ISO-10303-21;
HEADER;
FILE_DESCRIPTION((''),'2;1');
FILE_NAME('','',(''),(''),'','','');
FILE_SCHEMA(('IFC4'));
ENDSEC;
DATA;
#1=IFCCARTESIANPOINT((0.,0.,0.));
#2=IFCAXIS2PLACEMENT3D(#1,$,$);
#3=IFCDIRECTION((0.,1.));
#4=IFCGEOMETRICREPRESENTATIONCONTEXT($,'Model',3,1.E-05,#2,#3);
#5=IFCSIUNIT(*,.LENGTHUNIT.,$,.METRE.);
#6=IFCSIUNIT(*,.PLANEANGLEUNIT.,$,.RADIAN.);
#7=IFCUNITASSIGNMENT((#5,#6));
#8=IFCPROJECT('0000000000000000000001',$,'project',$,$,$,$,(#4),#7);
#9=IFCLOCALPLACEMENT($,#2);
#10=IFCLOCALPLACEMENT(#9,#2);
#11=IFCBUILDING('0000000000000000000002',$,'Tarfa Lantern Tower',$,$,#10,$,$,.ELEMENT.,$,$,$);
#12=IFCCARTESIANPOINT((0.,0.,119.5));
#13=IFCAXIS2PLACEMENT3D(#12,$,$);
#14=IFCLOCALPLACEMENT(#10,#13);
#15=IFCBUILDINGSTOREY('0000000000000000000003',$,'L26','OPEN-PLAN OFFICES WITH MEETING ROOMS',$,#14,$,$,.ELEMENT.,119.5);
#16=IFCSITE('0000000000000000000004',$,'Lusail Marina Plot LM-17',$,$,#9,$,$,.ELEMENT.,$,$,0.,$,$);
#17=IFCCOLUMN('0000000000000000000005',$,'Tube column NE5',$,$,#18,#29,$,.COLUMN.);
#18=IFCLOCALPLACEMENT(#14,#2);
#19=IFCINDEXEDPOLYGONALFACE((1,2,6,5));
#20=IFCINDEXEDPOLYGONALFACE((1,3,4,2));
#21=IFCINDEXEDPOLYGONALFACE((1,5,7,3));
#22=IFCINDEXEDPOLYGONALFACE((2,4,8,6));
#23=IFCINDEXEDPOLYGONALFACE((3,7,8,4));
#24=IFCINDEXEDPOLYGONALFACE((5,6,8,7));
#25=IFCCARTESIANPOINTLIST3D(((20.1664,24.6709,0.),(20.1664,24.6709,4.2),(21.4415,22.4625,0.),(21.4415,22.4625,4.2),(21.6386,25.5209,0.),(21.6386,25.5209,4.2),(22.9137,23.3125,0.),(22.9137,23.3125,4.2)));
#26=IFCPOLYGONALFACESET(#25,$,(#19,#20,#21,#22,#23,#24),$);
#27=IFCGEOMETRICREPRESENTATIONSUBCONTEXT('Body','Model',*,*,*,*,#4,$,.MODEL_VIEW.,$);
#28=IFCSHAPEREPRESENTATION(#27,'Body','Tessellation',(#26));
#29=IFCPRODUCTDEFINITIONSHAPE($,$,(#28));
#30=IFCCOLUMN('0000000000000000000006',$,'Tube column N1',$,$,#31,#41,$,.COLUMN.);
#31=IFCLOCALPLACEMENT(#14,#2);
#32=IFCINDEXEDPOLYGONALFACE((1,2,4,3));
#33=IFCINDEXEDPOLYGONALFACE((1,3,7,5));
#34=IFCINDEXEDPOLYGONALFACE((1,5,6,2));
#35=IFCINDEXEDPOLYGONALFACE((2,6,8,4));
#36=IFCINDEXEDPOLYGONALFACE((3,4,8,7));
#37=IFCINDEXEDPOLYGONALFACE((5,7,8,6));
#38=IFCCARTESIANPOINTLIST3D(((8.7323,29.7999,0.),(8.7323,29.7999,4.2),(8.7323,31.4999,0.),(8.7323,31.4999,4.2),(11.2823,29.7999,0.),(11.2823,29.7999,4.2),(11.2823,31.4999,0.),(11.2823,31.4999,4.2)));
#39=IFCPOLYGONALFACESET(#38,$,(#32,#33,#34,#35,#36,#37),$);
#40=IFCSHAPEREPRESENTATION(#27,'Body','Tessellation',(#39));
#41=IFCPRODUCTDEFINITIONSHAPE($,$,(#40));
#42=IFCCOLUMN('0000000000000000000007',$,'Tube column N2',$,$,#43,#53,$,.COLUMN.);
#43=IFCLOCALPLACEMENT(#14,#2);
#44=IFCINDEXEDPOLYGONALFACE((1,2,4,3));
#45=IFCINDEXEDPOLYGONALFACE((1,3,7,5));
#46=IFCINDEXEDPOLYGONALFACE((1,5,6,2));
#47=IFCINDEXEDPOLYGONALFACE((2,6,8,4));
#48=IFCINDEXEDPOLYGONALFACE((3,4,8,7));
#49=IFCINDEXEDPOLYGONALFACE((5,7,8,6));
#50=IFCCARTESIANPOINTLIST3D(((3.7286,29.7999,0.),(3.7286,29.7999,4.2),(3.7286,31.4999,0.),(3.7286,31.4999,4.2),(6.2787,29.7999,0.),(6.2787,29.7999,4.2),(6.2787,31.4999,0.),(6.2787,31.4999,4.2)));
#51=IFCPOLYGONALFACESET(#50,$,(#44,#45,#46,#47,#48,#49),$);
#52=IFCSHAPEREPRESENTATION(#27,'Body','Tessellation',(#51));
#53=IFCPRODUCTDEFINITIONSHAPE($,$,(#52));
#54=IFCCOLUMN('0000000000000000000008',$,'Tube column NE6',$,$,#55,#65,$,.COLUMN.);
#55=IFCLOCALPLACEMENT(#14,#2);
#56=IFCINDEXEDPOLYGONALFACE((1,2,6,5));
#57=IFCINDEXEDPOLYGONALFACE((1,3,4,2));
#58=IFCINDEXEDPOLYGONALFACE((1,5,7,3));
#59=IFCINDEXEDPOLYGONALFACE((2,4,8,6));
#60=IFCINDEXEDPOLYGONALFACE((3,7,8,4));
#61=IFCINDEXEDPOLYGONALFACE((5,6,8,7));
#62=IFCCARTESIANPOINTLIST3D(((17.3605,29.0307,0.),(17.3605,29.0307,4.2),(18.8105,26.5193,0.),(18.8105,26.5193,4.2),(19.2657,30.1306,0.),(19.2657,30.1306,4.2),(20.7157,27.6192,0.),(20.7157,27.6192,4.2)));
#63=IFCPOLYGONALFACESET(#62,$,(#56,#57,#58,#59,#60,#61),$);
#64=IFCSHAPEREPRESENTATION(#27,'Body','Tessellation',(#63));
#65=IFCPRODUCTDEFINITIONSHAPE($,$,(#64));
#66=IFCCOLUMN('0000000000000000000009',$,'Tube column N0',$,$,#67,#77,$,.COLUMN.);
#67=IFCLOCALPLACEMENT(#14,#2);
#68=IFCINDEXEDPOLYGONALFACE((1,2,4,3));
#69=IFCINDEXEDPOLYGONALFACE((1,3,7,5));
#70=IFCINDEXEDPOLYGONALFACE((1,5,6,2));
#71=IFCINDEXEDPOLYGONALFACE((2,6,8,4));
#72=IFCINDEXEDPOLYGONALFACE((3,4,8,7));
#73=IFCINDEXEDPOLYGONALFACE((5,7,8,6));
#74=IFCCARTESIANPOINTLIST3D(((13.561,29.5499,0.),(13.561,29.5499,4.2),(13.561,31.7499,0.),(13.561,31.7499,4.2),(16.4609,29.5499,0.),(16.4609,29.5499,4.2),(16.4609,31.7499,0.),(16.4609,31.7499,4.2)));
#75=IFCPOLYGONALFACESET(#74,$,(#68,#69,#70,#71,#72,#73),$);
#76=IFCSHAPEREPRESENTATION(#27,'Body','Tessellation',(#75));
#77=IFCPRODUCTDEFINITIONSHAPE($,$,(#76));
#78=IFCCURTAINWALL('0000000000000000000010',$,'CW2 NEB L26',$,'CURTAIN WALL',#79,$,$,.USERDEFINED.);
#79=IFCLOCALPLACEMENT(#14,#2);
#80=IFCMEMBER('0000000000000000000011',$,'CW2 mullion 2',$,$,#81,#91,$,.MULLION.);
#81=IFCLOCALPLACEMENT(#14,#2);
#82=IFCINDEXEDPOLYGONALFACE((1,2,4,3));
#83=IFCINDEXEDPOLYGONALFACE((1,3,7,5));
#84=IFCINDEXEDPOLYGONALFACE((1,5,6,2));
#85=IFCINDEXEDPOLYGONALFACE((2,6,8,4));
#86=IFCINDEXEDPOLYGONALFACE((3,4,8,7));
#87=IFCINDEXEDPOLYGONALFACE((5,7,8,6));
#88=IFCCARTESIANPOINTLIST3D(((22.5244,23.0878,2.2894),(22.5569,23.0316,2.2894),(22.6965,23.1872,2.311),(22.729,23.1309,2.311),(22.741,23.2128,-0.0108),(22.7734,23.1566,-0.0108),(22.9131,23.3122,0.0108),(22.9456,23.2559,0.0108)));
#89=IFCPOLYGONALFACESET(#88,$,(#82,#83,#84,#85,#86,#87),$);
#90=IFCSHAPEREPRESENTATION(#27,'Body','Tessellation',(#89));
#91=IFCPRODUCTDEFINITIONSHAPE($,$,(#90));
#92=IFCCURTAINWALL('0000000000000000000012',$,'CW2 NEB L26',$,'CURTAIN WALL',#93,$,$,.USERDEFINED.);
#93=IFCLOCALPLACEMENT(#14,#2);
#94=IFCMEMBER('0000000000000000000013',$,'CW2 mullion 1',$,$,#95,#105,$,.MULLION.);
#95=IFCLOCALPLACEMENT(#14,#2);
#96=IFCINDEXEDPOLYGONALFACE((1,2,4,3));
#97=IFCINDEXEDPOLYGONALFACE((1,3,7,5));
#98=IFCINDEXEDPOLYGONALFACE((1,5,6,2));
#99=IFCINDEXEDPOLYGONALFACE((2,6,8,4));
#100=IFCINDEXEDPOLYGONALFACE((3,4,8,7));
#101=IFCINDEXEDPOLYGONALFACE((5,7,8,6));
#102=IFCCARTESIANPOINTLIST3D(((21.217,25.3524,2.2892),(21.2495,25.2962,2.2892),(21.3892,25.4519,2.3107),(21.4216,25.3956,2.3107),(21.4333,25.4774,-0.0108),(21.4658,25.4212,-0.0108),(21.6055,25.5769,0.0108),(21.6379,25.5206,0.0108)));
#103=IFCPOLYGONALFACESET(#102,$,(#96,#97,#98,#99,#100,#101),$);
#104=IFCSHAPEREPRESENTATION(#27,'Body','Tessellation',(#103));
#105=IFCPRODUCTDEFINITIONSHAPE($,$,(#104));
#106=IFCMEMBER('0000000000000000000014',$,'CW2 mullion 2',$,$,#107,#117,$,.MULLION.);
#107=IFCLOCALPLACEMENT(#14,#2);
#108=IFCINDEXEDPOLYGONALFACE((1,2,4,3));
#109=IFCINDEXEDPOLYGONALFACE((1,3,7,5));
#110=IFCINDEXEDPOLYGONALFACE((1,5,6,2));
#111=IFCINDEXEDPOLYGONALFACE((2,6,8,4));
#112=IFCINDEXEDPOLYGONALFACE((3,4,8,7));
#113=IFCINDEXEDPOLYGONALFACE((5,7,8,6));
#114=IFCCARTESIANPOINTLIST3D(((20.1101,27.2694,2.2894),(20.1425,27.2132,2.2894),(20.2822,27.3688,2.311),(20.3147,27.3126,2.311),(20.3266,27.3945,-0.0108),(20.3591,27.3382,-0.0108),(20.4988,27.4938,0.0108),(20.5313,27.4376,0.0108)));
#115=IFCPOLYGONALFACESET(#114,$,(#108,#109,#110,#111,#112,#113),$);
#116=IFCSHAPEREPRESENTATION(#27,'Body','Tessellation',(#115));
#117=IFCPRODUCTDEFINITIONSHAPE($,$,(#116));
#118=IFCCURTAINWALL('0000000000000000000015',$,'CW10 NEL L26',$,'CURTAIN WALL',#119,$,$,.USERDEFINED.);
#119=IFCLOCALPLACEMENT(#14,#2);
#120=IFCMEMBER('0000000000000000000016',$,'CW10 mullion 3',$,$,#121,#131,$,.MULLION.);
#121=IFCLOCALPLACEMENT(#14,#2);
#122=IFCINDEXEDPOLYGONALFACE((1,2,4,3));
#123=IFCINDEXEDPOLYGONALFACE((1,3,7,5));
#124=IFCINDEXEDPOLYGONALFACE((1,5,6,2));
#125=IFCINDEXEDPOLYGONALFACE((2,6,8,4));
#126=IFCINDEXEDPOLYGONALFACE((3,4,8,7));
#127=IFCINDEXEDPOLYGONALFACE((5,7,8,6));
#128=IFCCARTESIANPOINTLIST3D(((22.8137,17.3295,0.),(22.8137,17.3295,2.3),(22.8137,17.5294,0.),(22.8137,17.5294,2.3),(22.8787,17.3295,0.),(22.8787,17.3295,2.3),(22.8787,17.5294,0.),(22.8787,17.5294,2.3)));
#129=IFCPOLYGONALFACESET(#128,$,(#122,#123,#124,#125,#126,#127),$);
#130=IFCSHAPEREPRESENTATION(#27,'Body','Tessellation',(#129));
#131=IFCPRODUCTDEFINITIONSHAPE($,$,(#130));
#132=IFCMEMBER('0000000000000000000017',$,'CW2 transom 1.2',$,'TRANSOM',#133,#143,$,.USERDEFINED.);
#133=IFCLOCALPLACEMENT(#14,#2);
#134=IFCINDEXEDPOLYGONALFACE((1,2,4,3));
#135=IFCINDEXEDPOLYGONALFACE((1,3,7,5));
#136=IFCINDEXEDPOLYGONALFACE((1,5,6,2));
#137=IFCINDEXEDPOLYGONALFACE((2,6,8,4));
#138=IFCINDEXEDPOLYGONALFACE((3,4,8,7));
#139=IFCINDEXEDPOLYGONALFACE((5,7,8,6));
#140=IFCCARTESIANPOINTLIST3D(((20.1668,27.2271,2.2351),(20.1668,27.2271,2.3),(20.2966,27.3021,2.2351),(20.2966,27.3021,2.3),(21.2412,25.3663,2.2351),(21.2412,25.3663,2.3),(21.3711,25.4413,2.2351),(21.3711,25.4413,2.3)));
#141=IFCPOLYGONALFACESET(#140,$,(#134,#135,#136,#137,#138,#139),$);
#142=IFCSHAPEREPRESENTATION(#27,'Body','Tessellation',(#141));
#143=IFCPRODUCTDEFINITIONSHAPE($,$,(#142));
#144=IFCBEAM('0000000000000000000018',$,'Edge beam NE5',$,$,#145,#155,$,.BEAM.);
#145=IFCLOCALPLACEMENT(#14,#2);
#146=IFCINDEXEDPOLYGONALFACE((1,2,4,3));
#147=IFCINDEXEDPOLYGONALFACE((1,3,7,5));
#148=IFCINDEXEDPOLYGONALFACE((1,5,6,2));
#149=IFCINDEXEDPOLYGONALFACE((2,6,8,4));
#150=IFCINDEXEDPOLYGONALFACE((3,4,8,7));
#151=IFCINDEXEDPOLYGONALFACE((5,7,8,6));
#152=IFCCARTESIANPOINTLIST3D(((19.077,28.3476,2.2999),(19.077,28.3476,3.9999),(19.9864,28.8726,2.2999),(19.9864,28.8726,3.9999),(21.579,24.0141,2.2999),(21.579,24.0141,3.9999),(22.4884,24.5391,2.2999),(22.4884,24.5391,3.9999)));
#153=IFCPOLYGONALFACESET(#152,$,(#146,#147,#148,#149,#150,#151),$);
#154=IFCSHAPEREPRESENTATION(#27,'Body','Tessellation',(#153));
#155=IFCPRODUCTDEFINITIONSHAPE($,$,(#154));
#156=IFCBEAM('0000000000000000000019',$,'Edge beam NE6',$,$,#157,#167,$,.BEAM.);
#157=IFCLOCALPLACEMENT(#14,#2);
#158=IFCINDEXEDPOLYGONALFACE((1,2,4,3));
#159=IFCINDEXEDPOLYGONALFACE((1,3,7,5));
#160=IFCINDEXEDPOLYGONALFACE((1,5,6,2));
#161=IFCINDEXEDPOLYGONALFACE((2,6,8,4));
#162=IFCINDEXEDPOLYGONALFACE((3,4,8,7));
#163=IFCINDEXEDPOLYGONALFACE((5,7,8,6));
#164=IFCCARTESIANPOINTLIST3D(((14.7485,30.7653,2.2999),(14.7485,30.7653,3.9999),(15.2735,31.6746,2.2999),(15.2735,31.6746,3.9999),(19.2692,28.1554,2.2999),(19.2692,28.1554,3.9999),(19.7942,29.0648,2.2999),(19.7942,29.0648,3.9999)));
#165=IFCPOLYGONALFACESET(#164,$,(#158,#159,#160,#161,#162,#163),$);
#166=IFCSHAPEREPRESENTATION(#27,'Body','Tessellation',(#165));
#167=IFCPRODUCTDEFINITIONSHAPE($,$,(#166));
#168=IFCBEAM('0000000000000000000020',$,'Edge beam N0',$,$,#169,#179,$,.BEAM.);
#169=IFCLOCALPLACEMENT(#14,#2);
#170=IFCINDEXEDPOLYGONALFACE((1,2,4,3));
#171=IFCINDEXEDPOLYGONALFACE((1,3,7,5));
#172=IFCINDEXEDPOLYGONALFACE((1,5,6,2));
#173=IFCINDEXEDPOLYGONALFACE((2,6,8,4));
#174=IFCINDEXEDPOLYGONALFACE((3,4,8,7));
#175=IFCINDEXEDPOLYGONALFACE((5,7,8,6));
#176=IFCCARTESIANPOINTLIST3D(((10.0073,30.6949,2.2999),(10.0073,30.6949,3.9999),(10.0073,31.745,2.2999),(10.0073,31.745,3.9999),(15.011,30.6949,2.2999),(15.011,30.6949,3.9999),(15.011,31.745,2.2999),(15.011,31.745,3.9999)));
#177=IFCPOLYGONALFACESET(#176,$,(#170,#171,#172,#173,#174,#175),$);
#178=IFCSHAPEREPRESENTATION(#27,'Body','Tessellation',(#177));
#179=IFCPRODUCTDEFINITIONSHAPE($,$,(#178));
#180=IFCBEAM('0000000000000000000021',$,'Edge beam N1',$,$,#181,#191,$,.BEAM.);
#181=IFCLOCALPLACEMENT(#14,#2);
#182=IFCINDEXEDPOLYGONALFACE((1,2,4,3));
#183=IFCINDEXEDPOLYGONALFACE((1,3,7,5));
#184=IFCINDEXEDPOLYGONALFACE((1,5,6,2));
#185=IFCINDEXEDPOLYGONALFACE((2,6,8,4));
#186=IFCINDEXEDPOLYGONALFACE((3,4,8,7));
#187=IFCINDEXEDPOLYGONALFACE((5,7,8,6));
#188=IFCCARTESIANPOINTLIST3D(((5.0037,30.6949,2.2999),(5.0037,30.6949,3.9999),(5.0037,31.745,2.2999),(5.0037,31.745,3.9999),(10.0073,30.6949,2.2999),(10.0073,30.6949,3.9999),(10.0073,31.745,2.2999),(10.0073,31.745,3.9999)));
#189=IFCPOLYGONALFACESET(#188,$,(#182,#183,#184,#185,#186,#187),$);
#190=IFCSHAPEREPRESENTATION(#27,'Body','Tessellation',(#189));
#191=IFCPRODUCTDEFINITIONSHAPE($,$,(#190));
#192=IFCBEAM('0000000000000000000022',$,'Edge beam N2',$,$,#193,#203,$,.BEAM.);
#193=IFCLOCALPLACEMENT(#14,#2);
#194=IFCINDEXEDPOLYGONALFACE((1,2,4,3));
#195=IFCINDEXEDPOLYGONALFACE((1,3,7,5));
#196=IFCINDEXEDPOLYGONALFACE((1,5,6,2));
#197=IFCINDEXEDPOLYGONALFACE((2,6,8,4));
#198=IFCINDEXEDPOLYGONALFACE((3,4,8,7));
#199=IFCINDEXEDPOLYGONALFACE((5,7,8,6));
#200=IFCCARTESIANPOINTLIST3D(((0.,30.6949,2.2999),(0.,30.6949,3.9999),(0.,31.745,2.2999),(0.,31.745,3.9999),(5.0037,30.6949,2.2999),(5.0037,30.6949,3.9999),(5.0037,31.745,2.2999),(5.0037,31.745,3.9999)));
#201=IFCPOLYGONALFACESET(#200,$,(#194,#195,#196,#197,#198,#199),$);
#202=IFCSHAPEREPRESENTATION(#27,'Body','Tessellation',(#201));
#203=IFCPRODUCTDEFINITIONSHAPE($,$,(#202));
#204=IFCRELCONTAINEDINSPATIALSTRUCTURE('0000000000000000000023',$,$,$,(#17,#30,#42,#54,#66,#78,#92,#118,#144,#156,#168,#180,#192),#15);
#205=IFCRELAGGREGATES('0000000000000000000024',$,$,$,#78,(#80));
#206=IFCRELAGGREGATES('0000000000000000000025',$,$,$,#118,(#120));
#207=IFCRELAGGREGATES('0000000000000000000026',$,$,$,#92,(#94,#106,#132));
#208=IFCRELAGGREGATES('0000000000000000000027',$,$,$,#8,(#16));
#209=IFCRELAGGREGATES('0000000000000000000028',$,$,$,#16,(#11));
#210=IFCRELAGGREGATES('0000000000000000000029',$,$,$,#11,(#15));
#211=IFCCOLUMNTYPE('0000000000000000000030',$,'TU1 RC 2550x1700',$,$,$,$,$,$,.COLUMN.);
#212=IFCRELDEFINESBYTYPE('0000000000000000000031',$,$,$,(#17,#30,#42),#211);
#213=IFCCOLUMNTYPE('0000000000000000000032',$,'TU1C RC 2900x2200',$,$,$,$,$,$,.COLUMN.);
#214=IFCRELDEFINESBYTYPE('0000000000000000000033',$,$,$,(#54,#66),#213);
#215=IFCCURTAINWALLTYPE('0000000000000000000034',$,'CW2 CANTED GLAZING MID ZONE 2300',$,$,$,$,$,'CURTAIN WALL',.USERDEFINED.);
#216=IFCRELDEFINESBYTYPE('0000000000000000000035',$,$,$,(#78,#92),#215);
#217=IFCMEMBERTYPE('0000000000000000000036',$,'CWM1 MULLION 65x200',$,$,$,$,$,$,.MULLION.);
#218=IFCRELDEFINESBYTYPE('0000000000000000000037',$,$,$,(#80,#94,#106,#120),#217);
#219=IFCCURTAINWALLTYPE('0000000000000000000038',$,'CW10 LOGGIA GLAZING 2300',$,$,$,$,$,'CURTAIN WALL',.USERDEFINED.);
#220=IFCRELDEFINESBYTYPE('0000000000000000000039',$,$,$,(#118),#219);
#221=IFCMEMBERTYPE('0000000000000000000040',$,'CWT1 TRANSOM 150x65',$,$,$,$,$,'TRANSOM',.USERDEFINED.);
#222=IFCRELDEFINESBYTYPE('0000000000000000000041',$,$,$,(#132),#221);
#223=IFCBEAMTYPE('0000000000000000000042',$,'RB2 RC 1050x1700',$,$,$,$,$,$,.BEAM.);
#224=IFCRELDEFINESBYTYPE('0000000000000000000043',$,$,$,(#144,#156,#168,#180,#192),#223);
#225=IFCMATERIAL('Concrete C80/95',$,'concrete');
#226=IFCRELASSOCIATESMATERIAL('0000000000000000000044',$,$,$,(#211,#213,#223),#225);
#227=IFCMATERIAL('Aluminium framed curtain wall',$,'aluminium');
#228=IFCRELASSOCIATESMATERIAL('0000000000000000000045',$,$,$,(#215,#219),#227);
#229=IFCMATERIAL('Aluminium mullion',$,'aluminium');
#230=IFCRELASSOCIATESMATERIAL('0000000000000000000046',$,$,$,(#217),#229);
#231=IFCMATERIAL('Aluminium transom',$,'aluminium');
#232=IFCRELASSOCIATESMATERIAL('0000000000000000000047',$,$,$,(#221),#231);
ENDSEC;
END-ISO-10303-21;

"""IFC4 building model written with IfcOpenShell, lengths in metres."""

from ifc_helpers import new_model, si_unit, direction, frame, origin, origin_2d, place, context, subcontext, project, spatial, rectangle, extrude, material, material_profile, profile_set, type_object, element, aggregate, save


model = new_model("IFC4")

# Units and contexts
model_context = context("Model", 3, precision=1e-05, world=origin(), true_north=direction((0.0, 1.0)))
body_context = subcontext(model_context, "Body", "Model", "MODEL_VIEW")
ifc_project = project(units=[si_unit("LENGTHUNIT", "METRE"), si_unit("PLANEANGLEUNIT", "RADIAN")], contexts=[model_context])

# Site, building, storey
site_placement = place(None, origin())
site = spatial("IfcSite", under=ifc_project, at=site_placement, Name="Lusail Marina Plot LM-17", CompositionType="ELEMENT", RefElevation=0.0)
building_placement = place(site_placement, origin())
building = spatial("IfcBuilding", under=site, at=building_placement, Name="Tarfa Lantern Tower", CompositionType="ELEMENT")
storey_placement = place(building_placement, frame((0.0, 0.0, 119.5)))
storey = spatial("IfcBuildingStorey", under=building, at=storey_placement, Name="L26", Description="OPEN-PLAN OFFICES WITH MEETING ROOMS", CompositionType="ELEMENT", Elevation=119.5)

# Columns
ifc_material_1 = material(Name="Concrete C80/95", Category="concrete")
ifc_material_profile_1 = material_profile(ifc_material_1, rectangle(XDim=2.55, YDim=1.7, at=origin_2d()), Name="RC 2550x1700")
ifc_profile_set_1 = profile_set([ifc_material_profile_1], Name="Concrete C80/95")
column_type_1 = type_object("IfcColumnType", Name="TU1 RC 2550x1700", PredefinedType="COLUMN", material=ifc_profile_set_1)
for number, where, z_axis, x_axis, name in (
    (1, (21.54, 23.9917, 0.0), (0.0, 0.0, 1.0), (-0.5, 0.866025, 0.0), "Tube column NE5"),
    (2, (10.0073, 30.6499, 0.0), (0.0, 0.0, 1.0), (-1.0, 0.0, 0.0), "Tube column N1"),
    (3, (5.0037, 30.6499, 0.0), (0.0, 0.0, 1.0), (-1.0, 0.0, 0.0), "Tube column N2"),
):
    element("IfcColumn", number, at=place(storey_placement, frame(where, z_axis=z_axis, x_axis=x_axis)), inside=storey, type_object=column_type_1, Name=name, PredefinedType="COLUMN", context=body_context, shape_type="SweptSolid", body=[
        extrude(rectangle(XDim=2.55, YDim=1.7, at=origin_2d()), origin(), (0.0, 0.0, 1.0), 4.2),
    ])
ifc_material_profile_2 = material_profile(ifc_material_1, rectangle(XDim=2.8999, YDim=2.2, at=origin_2d()), Name="RC 2900x2200")
ifc_profile_set_2 = profile_set([ifc_material_profile_2], Name="Concrete C80/95")
column_type_2 = type_object("IfcColumnType", Name="TU1C RC 2900x2200", PredefinedType="COLUMN", material=ifc_profile_set_2)
for number, where, z_axis, x_axis, name in (
    (4, (19.0381, 28.325, 0.0), (0.0, 0.0, 1.0), (-0.5, 0.866025, 0.0), "Tube column NE6"),
    (5, (15.011, 30.6499, 0.0), (0.0, 0.0, 1.0), (-1.0, 0.0, 0.0), "Tube column N0"),
):
    element("IfcColumn", number, at=place(storey_placement, frame(where, z_axis=z_axis, x_axis=x_axis)), inside=storey, type_object=column_type_2, Name=name, PredefinedType="COLUMN", context=body_context, shape_type="SweptSolid", body=[
        extrude(rectangle(XDim=2.8999, YDim=2.2, at=origin_2d()), origin(), (0.0, 0.0, 1.0), 4.2),
    ])

# Curtain wall, member
ifc_material_2 = material(Name="Aluminium framed curtain wall", Category="aluminium")
curtain_wall_type_1 = type_object("IfcCurtainWallType", Name="CW2 CANTED GLAZING MID ZONE 2300", ElementType="CURTAIN WALL", PredefinedType="USERDEFINED", material=ifc_material_2)
curtain_wall_1_placement = place(storey_placement, origin())
curtain_wall_1 = element("IfcCurtainWall", 6, at=curtain_wall_1_placement, inside=storey, type_object=curtain_wall_type_1, Name="CW2 NEB L26", ObjectType="CURTAIN WALL", PredefinedType="USERDEFINED")
ifc_material_3 = material(Name="Aluminium mullion", Category="aluminium")
ifc_material_profile_3 = material_profile(ifc_material_3, rectangle(XDim=0.0649, YDim=0.2, at=origin_2d()), Name="AL MULLION 65x200")
ifc_profile_set_3 = profile_set([ifc_material_profile_3], Name="Aluminium mullion")
member_type_1 = type_object("IfcMemberType", Name="CWM1 MULLION 65x200", PredefinedType="MULLION", material=ifc_profile_set_3)
member_1_placement = place(storey_placement, frame((22.8433, 23.2344, 0.0), z_axis=(-0.0936, -0.054028, 0.994143), x_axis=(0.49992, -0.866072, 0.0)))
member_1 = element("IfcMember", 7, at=member_1_placement, type_object=member_type_1, Name="CW2 mullion 2", PredefinedType="MULLION", context=body_context, shape_type="SweptSolid", body=[
    extrude(rectangle(XDim=0.0649, YDim=0.2, at=origin_2d()), origin(), (0.0, 0.0, 1.0), 2.3137),
])
aggregate(curtain_wall_1, [member_1])

# Curtain wall, members
curtain_wall_2_placement = place(storey_placement, origin())
curtain_wall_2 = element("IfcCurtainWall", 8, at=curtain_wall_2_placement, inside=storey, type_object=curtain_wall_type_1, Name="CW2 NEB L26", ObjectType="CURTAIN WALL", PredefinedType="USERDEFINED")
member_2_placement = place(storey_placement, frame((21.5356, 25.499, 0.0), z_axis=(-0.093495, -0.054029, 0.994153), x_axis=(0.500343, -0.865827, 0.0)))
member_2 = element("IfcMember", 9, at=member_2_placement, type_object=member_type_1, Name="CW2 mullion 1", PredefinedType="MULLION", context=body_context, shape_type="SweptSolid", body=[
    extrude(rectangle(XDim=0.0649, YDim=0.2, at=origin_2d()), origin(), (0.0, 0.0, 1.0), 2.3135),
])
member_3_placement = place(storey_placement, frame((20.429, 27.416, 0.0), z_axis=(-0.0936, -0.054028, 0.994143), x_axis=(0.49992, -0.866072, 0.0)))
member_3 = element("IfcMember", 10, at=member_3_placement, type_object=member_type_1, Name="CW2 mullion 2", PredefinedType="MULLION", context=body_context, shape_type="SweptSolid", body=[
    extrude(rectangle(XDim=0.0649, YDim=0.2, at=origin_2d()), origin(), (0.0, 0.0, 1.0), 2.3137),
])

# Curtain wall, member
curtain_wall_type_2 = type_object("IfcCurtainWallType", Name="CW10 LOGGIA GLAZING 2300", ElementType="CURTAIN WALL", PredefinedType="USERDEFINED", material=ifc_material_2)
curtain_wall_3_placement = place(storey_placement, origin())
curtain_wall_3 = element("IfcCurtainWall", 11, at=curtain_wall_3_placement, inside=storey, type_object=curtain_wall_type_2, Name="CW10 NEL L26", ObjectType="CURTAIN WALL", PredefinedType="USERDEFINED")
member_4_placement = place(storey_placement, frame((22.8462, 17.4294, 0.0), z_axis=(0.0, 0.0, 1.0), x_axis=(1.0, 0.0, 0.0)))
member_4 = element("IfcMember", 12, at=member_4_placement, type_object=member_type_1, Name="CW10 mullion 3", PredefinedType="MULLION", context=body_context, shape_type="SweptSolid", body=[
    extrude(rectangle(XDim=0.0649, YDim=0.2, at=origin_2d()), origin(), (0.0, 0.0, 1.0), 2.3),
])
aggregate(curtain_wall_3, [member_4])

# Member
ifc_material_4 = material(Name="Aluminium transom", Category="aluminium")
ifc_material_profile_4 = material_profile(ifc_material_4, rectangle(XDim=0.1499, YDim=0.0649, at=origin_2d()), Name="AL TRANSOM 150x65")
ifc_profile_set_4 = profile_set([ifc_material_profile_4], Name="Aluminium transom")
member_type_2 = type_object("IfcMemberType", Name="CWT1 TRANSOM 150x65", ElementType="TRANSOM", PredefinedType="USERDEFINED", material=ifc_profile_set_4)
member_5_placement = place(storey_placement, frame((21.3062, 25.4038, 2.2676), z_axis=(-0.500037, 0.866004, 0.0), x_axis=(-0.866004, -0.500037, 0.0)))
member_5 = element("IfcMember", 13, at=member_5_placement, type_object=member_type_2, Name="CW2 transom 1.2", ObjectType="TRANSOM", PredefinedType="USERDEFINED", context=body_context, shape_type="SweptSolid", body=[
    extrude(rectangle(XDim=0.1499, YDim=0.0649, at=origin_2d()), origin(), (0.0, 0.0, 1.0), 2.1487),
])

# Beams
ifc_material_profile_5 = material_profile(ifc_material_1, rectangle(XDim=1.05, YDim=1.7, at=origin_2d()), Name="RC 1050x1700")
ifc_profile_set_5 = profile_set([ifc_material_profile_5], Name="Concrete C80/95")
beam_type_1 = type_object("IfcBeamType", Name="RB2 RC 1050x1700", PredefinedType="BEAM", material=ifc_profile_set_5)
beam_1_placement = place(storey_placement, frame((22.0337, 24.2766, 3.1499), z_axis=(-0.500001, 0.866025, 0.0), x_axis=(-0.866025, -0.500001, 0.0)))
element("IfcBeam", 14, at=beam_1_placement, inside=storey, type_object=beam_type_1, Name="Edge beam NE5", PredefinedType="BEAM", context=body_context, shape_type="SweptSolid", body=[
    extrude(rectangle(XDim=1.05, YDim=1.7, at=origin_2d()), origin(), (0.0, 0.0, 1.0), 5.0039),
])
beam_2_placement = place(storey_placement, frame((19.5317, 28.6101, 3.1499), z_axis=(-0.866042, 0.499972, 0.0), x_axis=(-0.499972, -0.866042, 0.0)))
element("IfcBeam", 15, at=beam_2_placement, inside=storey, type_object=beam_type_1, Name="Edge beam NE6", PredefinedType="BEAM", context=body_context, shape_type="SweptSolid", body=[
    extrude(rectangle(XDim=1.05, YDim=1.7, at=origin_2d()), origin(), (0.0, 0.0, 1.0), 5.22),
])
for number, where, z_axis, x_axis, name in (
    (16, (15.011, 31.22, 3.1499), (-1.0, 0.0, 0.0), (0.0, -1.0, 0.0), "Edge beam N0"),
    (17, (10.0073, 31.22, 3.1499), (-1.0, 0.0, 0.0), (0.0, -1.0, 0.0), "Edge beam N1"),
    (18, (5.0037, 31.22, 3.1499), (-1.0, 0.0, 0.0), (0.0, -1.0, 0.0), "Edge beam N2"),
):
    element("IfcBeam", number, at=place(storey_placement, frame(where, z_axis=z_axis, x_axis=x_axis)), inside=storey, type_object=beam_type_1, Name=name, PredefinedType="BEAM", context=body_context, shape_type="SweptSolid", body=[
        extrude(rectangle(XDim=1.05, YDim=1.7, at=origin_2d()), origin(), (0.0, 0.0, 1.0), 5.0037),
    ])

aggregate(curtain_wall_2, [member_2, member_3, member_5])

save(model, "model.ifc")
